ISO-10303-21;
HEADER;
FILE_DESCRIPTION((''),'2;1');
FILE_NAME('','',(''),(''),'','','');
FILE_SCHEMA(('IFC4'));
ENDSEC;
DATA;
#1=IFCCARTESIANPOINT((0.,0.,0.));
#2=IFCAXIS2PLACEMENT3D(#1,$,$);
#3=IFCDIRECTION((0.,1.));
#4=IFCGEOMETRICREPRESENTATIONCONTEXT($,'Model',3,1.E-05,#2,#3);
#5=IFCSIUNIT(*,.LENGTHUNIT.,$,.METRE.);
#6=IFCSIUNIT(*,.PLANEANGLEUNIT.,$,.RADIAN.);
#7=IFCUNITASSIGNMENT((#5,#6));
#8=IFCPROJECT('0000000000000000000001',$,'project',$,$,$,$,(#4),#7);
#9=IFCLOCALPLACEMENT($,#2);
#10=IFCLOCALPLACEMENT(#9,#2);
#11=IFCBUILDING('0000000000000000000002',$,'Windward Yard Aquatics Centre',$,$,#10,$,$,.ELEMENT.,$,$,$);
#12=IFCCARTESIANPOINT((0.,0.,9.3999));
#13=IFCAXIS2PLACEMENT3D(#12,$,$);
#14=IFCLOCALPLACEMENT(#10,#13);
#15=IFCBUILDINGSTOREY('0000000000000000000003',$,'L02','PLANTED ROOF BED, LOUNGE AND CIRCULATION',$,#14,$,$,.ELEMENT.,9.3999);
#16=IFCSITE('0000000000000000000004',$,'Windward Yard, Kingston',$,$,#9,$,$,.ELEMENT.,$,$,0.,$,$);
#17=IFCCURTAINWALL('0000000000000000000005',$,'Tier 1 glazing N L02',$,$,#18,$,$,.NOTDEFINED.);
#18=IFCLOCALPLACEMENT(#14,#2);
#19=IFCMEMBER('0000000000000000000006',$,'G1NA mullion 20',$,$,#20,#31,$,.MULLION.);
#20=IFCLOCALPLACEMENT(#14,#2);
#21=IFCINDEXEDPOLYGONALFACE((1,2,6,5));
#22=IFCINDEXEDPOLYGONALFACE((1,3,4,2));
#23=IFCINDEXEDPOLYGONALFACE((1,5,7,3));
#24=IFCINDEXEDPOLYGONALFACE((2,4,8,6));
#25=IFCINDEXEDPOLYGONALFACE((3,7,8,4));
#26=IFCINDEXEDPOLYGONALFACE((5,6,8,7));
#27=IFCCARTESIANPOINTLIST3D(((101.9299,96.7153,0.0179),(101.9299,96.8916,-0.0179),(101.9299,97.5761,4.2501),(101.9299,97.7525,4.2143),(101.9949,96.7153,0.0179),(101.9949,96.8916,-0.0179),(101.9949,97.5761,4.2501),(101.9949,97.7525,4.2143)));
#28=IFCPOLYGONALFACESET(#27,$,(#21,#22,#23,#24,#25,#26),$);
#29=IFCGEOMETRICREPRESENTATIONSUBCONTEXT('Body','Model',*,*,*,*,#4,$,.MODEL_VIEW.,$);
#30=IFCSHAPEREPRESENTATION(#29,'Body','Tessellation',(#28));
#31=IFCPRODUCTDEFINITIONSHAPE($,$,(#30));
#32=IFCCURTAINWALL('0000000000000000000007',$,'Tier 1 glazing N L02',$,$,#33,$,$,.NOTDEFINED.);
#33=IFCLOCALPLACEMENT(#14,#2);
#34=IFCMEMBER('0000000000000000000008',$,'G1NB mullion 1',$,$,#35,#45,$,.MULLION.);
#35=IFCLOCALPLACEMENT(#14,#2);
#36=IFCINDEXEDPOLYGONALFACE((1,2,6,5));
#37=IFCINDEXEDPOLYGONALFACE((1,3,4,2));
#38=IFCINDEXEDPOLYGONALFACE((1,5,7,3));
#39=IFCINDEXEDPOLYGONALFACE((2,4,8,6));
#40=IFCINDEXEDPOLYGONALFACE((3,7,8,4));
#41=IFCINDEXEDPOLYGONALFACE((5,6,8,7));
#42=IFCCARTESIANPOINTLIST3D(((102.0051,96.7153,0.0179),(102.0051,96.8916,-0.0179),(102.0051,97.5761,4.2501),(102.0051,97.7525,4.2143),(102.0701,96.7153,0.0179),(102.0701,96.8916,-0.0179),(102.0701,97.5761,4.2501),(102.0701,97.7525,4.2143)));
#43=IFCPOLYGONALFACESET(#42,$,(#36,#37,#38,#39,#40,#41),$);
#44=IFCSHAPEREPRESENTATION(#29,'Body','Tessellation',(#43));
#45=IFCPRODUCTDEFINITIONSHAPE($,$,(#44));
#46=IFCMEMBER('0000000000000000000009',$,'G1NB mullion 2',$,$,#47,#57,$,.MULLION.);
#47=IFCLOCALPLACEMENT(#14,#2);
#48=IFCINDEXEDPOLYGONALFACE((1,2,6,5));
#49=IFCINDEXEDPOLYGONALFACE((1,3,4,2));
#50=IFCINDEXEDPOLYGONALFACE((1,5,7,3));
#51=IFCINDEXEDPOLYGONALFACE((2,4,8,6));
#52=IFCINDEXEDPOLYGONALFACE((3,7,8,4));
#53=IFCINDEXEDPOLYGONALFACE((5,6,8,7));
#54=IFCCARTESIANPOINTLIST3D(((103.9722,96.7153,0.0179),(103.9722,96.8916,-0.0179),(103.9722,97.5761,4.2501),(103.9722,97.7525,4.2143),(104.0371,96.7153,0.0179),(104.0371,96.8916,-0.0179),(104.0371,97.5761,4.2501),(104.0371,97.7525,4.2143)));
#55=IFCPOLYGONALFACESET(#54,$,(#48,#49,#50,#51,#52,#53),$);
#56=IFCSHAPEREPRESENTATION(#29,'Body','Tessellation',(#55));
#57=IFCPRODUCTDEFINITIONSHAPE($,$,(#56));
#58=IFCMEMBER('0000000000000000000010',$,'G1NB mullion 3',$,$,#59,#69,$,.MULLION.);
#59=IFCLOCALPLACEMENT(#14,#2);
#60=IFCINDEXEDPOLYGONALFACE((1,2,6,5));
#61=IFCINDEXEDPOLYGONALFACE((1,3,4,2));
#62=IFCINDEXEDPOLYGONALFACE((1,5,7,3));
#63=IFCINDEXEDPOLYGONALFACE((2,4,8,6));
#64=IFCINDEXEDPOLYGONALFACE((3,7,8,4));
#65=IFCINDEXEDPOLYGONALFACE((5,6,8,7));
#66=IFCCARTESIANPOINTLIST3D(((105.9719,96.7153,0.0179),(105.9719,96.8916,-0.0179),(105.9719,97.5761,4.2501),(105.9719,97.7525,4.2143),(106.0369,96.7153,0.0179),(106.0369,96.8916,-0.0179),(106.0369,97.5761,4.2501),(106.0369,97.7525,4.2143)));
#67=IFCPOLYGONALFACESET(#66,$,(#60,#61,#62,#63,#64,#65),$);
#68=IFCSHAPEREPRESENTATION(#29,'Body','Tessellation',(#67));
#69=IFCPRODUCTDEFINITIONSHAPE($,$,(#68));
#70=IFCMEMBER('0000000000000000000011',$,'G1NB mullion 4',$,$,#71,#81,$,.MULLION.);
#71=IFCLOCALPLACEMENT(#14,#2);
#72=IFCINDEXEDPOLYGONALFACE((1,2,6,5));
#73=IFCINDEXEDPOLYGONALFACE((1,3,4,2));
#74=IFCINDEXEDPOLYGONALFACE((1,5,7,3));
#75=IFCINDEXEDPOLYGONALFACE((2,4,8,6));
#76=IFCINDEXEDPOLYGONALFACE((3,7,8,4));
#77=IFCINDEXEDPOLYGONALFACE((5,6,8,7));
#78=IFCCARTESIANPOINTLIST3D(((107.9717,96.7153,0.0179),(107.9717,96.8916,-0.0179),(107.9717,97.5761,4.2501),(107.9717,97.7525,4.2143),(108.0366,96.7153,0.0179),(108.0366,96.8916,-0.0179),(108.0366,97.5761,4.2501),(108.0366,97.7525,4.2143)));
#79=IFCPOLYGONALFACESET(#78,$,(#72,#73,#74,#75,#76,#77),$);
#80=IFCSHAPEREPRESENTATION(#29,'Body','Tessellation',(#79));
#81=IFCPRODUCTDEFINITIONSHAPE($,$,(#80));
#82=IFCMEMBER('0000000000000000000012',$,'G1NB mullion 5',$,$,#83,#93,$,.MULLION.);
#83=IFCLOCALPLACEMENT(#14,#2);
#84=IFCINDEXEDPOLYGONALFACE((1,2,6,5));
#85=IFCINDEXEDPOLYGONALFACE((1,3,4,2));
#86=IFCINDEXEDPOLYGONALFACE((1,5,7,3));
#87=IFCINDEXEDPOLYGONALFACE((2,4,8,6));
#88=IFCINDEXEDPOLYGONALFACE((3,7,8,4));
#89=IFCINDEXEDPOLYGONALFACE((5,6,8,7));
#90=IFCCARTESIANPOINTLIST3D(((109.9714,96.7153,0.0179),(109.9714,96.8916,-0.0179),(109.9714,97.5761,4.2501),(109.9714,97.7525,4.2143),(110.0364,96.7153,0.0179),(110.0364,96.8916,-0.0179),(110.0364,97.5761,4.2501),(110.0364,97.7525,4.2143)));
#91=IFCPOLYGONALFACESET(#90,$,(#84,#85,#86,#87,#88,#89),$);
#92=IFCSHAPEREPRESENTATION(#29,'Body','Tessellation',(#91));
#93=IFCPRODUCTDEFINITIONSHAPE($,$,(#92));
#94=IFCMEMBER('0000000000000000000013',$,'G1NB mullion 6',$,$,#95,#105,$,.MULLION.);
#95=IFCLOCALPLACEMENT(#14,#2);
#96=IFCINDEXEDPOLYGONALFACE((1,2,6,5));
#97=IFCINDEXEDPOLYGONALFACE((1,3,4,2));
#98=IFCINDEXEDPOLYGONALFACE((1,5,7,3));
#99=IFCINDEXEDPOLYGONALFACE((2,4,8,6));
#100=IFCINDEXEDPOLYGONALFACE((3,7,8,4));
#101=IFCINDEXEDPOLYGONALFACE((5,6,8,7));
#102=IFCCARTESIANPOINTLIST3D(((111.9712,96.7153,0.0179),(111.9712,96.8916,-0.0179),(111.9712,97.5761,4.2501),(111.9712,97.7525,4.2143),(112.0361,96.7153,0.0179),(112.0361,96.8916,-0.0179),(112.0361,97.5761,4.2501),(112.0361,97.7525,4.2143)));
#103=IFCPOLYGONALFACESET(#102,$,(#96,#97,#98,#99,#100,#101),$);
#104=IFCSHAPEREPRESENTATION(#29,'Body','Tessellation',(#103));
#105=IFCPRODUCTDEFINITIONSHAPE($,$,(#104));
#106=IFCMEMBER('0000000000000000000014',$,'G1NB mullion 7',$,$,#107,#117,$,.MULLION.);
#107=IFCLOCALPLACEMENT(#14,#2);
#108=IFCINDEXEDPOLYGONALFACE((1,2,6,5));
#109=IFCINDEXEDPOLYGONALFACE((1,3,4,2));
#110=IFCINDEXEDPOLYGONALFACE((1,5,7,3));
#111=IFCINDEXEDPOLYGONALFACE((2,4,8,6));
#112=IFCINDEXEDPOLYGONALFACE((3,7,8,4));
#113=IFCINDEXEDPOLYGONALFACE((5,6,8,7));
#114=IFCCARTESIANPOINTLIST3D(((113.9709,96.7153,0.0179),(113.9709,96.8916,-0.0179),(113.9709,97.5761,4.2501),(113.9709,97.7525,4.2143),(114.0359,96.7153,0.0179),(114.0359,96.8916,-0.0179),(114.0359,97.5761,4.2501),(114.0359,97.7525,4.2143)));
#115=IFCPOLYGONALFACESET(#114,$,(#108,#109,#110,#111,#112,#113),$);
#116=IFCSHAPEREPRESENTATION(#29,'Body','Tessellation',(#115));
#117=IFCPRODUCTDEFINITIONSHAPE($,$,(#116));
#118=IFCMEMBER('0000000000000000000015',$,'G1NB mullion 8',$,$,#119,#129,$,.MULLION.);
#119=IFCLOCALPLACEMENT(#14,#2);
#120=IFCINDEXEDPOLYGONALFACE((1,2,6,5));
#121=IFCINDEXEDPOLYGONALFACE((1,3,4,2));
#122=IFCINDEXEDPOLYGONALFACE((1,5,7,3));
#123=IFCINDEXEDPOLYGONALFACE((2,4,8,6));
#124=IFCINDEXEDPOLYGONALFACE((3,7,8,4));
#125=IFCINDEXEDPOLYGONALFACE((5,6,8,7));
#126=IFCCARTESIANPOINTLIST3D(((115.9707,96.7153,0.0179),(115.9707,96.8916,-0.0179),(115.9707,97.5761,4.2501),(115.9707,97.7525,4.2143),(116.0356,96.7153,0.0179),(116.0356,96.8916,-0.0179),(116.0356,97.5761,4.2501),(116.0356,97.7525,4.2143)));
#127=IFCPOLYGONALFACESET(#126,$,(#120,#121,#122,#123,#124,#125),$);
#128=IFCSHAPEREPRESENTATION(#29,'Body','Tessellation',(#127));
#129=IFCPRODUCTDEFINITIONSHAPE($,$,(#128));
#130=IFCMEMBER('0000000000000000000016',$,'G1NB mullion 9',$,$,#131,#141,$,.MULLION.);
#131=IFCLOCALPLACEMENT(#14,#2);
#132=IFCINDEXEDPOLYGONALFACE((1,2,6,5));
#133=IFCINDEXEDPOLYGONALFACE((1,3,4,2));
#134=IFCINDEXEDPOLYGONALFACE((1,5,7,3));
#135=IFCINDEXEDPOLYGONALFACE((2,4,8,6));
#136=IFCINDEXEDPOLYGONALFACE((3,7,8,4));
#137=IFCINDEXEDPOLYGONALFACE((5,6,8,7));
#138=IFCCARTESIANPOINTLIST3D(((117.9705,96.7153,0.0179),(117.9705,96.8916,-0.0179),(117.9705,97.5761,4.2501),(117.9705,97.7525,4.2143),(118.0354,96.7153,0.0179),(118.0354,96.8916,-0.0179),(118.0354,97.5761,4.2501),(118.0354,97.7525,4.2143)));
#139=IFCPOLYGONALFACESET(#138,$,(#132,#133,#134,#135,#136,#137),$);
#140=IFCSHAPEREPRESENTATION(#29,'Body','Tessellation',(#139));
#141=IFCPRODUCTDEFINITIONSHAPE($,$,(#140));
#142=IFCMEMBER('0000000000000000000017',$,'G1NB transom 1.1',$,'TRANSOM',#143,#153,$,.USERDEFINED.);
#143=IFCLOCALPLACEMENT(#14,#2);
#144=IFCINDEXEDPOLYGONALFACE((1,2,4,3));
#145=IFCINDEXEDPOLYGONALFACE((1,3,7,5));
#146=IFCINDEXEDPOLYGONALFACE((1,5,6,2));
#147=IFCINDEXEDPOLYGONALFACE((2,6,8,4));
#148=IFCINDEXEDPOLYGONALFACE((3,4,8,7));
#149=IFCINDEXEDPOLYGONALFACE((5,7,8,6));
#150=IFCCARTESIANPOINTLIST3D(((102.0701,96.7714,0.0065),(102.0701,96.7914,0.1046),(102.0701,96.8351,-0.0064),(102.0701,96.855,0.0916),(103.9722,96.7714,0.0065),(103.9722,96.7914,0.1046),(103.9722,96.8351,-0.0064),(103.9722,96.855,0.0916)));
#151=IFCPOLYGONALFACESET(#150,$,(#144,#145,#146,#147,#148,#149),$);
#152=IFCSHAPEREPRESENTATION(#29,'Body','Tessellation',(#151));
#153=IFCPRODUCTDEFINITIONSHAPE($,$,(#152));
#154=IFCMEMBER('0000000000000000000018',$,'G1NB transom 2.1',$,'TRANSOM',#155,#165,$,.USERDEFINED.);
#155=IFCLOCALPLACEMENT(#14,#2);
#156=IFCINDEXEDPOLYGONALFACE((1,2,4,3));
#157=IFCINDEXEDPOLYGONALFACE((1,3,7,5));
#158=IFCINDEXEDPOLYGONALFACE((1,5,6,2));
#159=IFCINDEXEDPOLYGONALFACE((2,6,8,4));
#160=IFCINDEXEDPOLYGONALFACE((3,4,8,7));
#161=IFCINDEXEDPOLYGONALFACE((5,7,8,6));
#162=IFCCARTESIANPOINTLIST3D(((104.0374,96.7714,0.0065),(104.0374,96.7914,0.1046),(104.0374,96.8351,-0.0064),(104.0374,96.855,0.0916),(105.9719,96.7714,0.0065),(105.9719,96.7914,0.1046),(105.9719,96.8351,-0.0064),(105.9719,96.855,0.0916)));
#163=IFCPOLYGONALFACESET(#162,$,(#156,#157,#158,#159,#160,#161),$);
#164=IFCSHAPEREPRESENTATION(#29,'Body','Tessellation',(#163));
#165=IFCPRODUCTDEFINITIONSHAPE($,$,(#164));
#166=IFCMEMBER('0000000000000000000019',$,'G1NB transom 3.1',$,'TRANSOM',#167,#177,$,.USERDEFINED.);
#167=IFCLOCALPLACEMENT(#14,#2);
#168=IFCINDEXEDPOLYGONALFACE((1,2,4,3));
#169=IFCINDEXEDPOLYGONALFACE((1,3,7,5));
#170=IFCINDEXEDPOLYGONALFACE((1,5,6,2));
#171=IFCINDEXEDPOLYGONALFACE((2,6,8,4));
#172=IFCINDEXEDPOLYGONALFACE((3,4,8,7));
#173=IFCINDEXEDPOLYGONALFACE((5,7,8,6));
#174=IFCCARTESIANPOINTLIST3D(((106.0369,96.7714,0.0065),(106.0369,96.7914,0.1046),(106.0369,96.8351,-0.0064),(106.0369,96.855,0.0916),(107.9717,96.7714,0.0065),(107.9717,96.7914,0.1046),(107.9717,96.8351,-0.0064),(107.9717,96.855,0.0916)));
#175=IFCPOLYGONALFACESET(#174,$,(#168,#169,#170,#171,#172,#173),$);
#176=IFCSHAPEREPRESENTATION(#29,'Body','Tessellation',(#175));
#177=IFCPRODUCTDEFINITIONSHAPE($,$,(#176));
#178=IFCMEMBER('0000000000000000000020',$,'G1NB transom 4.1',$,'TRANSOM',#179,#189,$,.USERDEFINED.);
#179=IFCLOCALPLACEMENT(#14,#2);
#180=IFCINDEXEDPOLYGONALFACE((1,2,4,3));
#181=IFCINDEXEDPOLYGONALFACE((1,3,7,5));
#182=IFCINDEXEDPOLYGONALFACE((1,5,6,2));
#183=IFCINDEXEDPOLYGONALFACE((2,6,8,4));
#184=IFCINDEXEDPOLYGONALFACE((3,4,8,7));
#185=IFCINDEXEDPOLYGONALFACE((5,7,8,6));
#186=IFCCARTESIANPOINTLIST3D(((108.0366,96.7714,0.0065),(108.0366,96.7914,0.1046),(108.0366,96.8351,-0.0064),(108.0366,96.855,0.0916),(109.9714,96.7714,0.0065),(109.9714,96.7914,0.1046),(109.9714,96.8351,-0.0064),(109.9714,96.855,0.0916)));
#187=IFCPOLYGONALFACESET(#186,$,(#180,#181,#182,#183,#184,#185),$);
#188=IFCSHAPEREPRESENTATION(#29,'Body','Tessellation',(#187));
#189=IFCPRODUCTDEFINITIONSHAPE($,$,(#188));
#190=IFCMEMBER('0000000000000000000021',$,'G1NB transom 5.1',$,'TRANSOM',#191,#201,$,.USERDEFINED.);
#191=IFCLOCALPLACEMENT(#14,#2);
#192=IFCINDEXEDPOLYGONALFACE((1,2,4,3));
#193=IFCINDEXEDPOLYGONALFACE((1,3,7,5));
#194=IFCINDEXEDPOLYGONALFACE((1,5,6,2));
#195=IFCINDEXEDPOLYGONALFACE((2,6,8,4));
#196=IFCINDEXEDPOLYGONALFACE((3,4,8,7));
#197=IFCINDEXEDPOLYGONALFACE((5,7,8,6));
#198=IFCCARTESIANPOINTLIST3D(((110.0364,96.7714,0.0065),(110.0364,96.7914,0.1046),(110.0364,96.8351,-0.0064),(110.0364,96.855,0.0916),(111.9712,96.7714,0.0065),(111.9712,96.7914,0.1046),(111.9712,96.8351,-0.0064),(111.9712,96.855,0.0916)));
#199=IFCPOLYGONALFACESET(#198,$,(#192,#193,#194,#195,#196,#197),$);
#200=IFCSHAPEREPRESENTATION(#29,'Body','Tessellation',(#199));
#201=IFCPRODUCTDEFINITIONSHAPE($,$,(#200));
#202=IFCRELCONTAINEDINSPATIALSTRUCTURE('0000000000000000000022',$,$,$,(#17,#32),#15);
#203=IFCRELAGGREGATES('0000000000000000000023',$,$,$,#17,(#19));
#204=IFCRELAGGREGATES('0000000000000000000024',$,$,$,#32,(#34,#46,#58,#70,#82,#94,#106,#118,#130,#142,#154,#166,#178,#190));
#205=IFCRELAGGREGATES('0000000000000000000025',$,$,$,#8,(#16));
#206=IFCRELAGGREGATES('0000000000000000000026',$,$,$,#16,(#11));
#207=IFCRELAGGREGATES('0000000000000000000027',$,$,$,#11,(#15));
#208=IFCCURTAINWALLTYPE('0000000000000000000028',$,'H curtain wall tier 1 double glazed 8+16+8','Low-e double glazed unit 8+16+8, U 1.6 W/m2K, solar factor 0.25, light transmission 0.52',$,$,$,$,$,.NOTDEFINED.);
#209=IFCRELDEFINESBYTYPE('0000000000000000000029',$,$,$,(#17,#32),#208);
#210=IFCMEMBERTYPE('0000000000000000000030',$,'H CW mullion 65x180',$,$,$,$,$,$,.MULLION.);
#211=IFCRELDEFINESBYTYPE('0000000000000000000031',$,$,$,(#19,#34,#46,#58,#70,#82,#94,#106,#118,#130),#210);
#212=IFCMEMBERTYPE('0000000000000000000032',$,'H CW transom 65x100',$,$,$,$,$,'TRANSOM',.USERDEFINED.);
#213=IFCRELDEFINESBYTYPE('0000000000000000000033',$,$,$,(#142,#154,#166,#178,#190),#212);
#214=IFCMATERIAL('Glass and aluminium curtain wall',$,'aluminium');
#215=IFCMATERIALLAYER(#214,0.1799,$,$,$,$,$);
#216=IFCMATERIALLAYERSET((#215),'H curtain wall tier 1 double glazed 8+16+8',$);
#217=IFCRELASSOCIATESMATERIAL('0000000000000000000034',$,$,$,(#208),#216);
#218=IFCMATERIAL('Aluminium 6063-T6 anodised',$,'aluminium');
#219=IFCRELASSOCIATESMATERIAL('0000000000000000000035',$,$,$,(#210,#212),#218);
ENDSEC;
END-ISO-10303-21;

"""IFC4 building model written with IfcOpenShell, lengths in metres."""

from ifc_helpers import new_model, si_unit, direction, frame, origin, origin_2d, place, context, subcontext, project, spatial, rectangle, extrude, material, layer, layer_set, material_profile, profile_set, type_object, element, aggregate, save


model = new_model("IFC4")

# Units and contexts
model_context = context("Model", 3, precision=1e-05, world=origin(), true_north=direction((0.0, 1.0)))
body_context = subcontext(model_context, "Body", "Model", "MODEL_VIEW")
ifc_project = project(units=[si_unit("LENGTHUNIT", "METRE"), si_unit("PLANEANGLEUNIT", "RADIAN")], contexts=[model_context])

# Site, building, storey
site_placement = place(None, origin())
site = spatial("IfcSite", under=ifc_project, at=site_placement, Name="Windward Yard, Kingston", CompositionType="ELEMENT", RefElevation=0.0)
building_placement = place(site_placement, origin())
building = spatial("IfcBuilding", under=site, at=building_placement, Name="Windward Yard Aquatics Centre", CompositionType="ELEMENT")
storey_placement = place(building_placement, frame((0.0, 0.0, 9.3999)))
storey = spatial("IfcBuildingStorey", under=building, at=storey_placement, Name="L02", Description="PLANTED ROOF BED, LOUNGE AND CIRCULATION", CompositionType="ELEMENT", Elevation=9.3999)

# Curtain wall, member
ifc_material_1 = material(Name="Glass and aluminium curtain wall", Category="aluminium")
ifc_layer_1 = layer(ifc_material_1, 0.1799)
ifc_layer_set_1 = layer_set([ifc_layer_1], Name="H curtain wall tier 1 double glazed 8+16+8")
curtain_wall_type = type_object("IfcCurtainWallType", Name="H curtain wall tier 1 double glazed 8+16+8", Description="Low-e double glazed unit 8+16+8, U 1.6 W/m2K, solar factor 0.25, light transmission 0.52", PredefinedType="NOTDEFINED", material=ifc_layer_set_1)
curtain_wall_1_placement = place(storey_placement, origin())
curtain_wall_1 = element("IfcCurtainWall", 1, at=curtain_wall_1_placement, inside=storey, type_object=curtain_wall_type, Name="Tier 1 glazing N L02", PredefinedType="NOTDEFINED")
ifc_material_2 = material(Name="Aluminium 6063-T6 anodised", Category="aluminium")
ifc_material_profile_1 = material_profile(ifc_material_2, rectangle(XDim=0.0649, YDim=0.1799, at=origin_2d()), Name="H CW mullion 65x180")
ifc_profile_set_1 = profile_set([ifc_material_profile_1], Name="Aluminium 6063-T6 anodised")
member_type_1 = type_object("IfcMemberType", Name="H CW mullion 65x180", PredefinedType="MULLION", material=ifc_profile_set_1)
member_1_placement = place(storey_placement, frame((101.9624, 96.8035, 0.0), z_axis=(0.0, 0.199322, 0.979934), x_axis=(-1.0, 0.0, 0.0)))
member_1 = element("IfcMember", 2, at=member_1_placement, type_object=member_type_1, Name="G1NA mullion 20", PredefinedType="MULLION", context=body_context, shape_type="SweptSolid", body=[
    extrude(rectangle(XDim=0.0649, YDim=0.1799, at=origin_2d()), origin(), (0.0, 0.0, 1.0), 4.3188),
])
aggregate(curtain_wall_1, [member_1])

# Curtain wall, members
curtain_wall_2_placement = place(storey_placement, origin())
curtain_wall_2 = element("IfcCurtainWall", 3, at=curtain_wall_2_placement, inside=storey, type_object=curtain_wall_type, Name="Tier 1 glazing N L02", PredefinedType="NOTDEFINED")
member_2_placement = place(storey_placement, frame((102.0376, 96.8035, 0.0), z_axis=(0.0, 0.199322, 0.979934), x_axis=(-1.0, 0.0, 0.0)))
member_2 = element("IfcMember", 4, at=member_2_placement, type_object=member_type_1, Name="G1NB mullion 1", PredefinedType="MULLION", context=body_context, shape_type="SweptSolid", body=[
    extrude(rectangle(XDim=0.0649, YDim=0.1799, at=origin_2d()), origin(), (0.0, 0.0, 1.0), 4.3188),
])
member_3_placement = place(storey_placement, frame((104.0046, 96.8035, 0.0), z_axis=(0.0, 0.199322, 0.979934), x_axis=(-1.0, 0.0, 0.0)))
member_3 = element("IfcMember", 5, at=member_3_placement, type_object=member_type_1, Name="G1NB mullion 2", PredefinedType="MULLION", context=body_context, shape_type="SweptSolid", body=[
    extrude(rectangle(XDim=0.0649, YDim=0.1799, at=origin_2d()), origin(), (0.0, 0.0, 1.0), 4.3188),
])
member_4_placement = place(storey_placement, frame((106.0044, 96.8035, 0.0), z_axis=(0.0, 0.199322, 0.979934), x_axis=(-1.0, 0.0, 0.0)))
member_4 = element("IfcMember", 6, at=member_4_placement, type_object=member_type_1, Name="G1NB mullion 3", PredefinedType="MULLION", context=body_context, shape_type="SweptSolid", body=[
    extrude(rectangle(XDim=0.0649, YDim=0.1799, at=origin_2d()), origin(), (0.0, 0.0, 1.0), 4.3188),
])
member_5_placement = place(storey_placement, frame((108.0042, 96.8035, 0.0), z_axis=(0.0, 0.199322, 0.979934), x_axis=(-1.0, 0.0, 0.0)))
member_5 = element("IfcMember", 7, at=member_5_placement, type_object=member_type_1, Name="G1NB mullion 4", PredefinedType="MULLION", context=body_context, shape_type="SweptSolid", body=[
    extrude(rectangle(XDim=0.0649, YDim=0.1799, at=origin_2d()), origin(), (0.0, 0.0, 1.0), 4.3188),
])
member_6_placement = place(storey_placement, frame((110.0039, 96.8035, 0.0), z_axis=(0.0, 0.199322, 0.979934), x_axis=(-1.0, 0.0, 0.0)))
member_6 = element("IfcMember", 8, at=member_6_placement, type_object=member_type_1, Name="G1NB mullion 5", PredefinedType="MULLION", context=body_context, shape_type="SweptSolid", body=[
    extrude(rectangle(XDim=0.0649, YDim=0.1799, at=origin_2d()), origin(), (0.0, 0.0, 1.0), 4.3188),
])
member_7_placement = place(storey_placement, frame((112.0037, 96.8035, 0.0), z_axis=(0.0, 0.199322, 0.979934), x_axis=(-1.0, 0.0, 0.0)))
member_7 = element("IfcMember", 9, at=member_7_placement, type_object=member_type_1, Name="G1NB mullion 6", PredefinedType="MULLION", context=body_context, shape_type="SweptSolid", body=[
    extrude(rectangle(XDim=0.0649, YDim=0.1799, at=origin_2d()), origin(), (0.0, 0.0, 1.0), 4.3188),
])
member_8_placement = place(storey_placement, frame((114.0034, 96.8035, 0.0), z_axis=(0.0, 0.199322, 0.979934), x_axis=(-1.0, 0.0, 0.0)))
member_8 = element("IfcMember", 10, at=member_8_placement, type_object=member_type_1, Name="G1NB mullion 7", PredefinedType="MULLION", context=body_context, shape_type="SweptSolid", body=[
    extrude(rectangle(XDim=0.0649, YDim=0.1799, at=origin_2d()), origin(), (0.0, 0.0, 1.0), 4.3188),
])
member_9_placement = place(storey_placement, frame((116.0032, 96.8035, 0.0), z_axis=(0.0, 0.199322, 0.979934), x_axis=(-1.0, 0.0, 0.0)))
member_9 = element("IfcMember", 11, at=member_9_placement, type_object=member_type_1, Name="G1NB mullion 8", PredefinedType="MULLION", context=body_context, shape_type="SweptSolid", body=[
    extrude(rectangle(XDim=0.0649, YDim=0.1799, at=origin_2d()), origin(), (0.0, 0.0, 1.0), 4.3188),
])
member_10_placement = place(storey_placement, frame((118.0029, 96.8035, 0.0), z_axis=(0.0, 0.199322, 0.979934), x_axis=(-1.0, 0.0, 0.0)))
member_10 = element("IfcMember", 12, at=member_10_placement, type_object=member_type_1, Name="G1NB mullion 9", PredefinedType="MULLION", context=body_context, shape_type="SweptSolid", body=[
    extrude(rectangle(XDim=0.0649, YDim=0.1799, at=origin_2d()), origin(), (0.0, 0.0, 1.0), 4.3188),
])
ifc_material_profile_2 = material_profile(ifc_material_2, rectangle(XDim=0.0649, YDim=0.1001, at=origin_2d()), Name="H CW transom 65x100")
ifc_profile_set_2 = profile_set([ifc_material_profile_2], Name="Aluminium 6063-T6 anodised")
member_type_2 = type_object("IfcMemberType", Name="H CW transom 65x100", ElementType="TRANSOM", PredefinedType="USERDEFINED", material=ifc_profile_set_2)
member_11_placement = place(storey_placement, frame((102.0701, 96.8132, 0.0491), z_axis=(1.0, 0.0, 0.0), x_axis=(0.0, -0.979925, 0.199368)))
member_11 = element("IfcMember", 13, at=member_11_placement, type_object=member_type_2, Name="G1NB transom 1.1", ObjectType="TRANSOM", PredefinedType="USERDEFINED", context=body_context, shape_type="SweptSolid", body=[
    extrude(rectangle(XDim=0.0649, YDim=0.1001, at=origin_2d()), origin(), (0.0, 0.0, 1.0), 1.9021),
])
member_12_placement = place(storey_placement, frame((104.0374, 96.8132, 0.0491), z_axis=(1.0, 0.0, 0.0), x_axis=(0.0, -0.979925, 0.199368)))
member_12 = element("IfcMember", 14, at=member_12_placement, type_object=member_type_2, Name="G1NB transom 2.1", ObjectType="TRANSOM", PredefinedType="USERDEFINED", context=body_context, shape_type="SweptSolid", body=[
    extrude(rectangle(XDim=0.0649, YDim=0.1001, at=origin_2d()), origin(), (0.0, 0.0, 1.0), 1.9346),
])
member_13_placement = place(storey_placement, frame((106.0369, 96.8132, 0.0491), z_axis=(1.0, 0.0, 0.0), x_axis=(0.0, -0.979925, 0.199368)))
member_13 = element("IfcMember", 15, at=member_13_placement, type_object=member_type_2, Name="G1NB transom 3.1", ObjectType="TRANSOM", PredefinedType="USERDEFINED", context=body_context, shape_type="SweptSolid", body=[
    extrude(rectangle(XDim=0.0649, YDim=0.1001, at=origin_2d()), origin(), (0.0, 0.0, 1.0), 1.9348),
])
member_14_placement = place(storey_placement, frame((108.0366, 96.8132, 0.0491), z_axis=(1.0, 0.0, 0.0), x_axis=(0.0, -0.979925, 0.199368)))
member_14 = element("IfcMember", 16, at=member_14_placement, type_object=member_type_2, Name="G1NB transom 4.1", ObjectType="TRANSOM", PredefinedType="USERDEFINED", context=body_context, shape_type="SweptSolid", body=[
    extrude(rectangle(XDim=0.0649, YDim=0.1001, at=origin_2d()), origin(), (0.0, 0.0, 1.0), 1.9348),
])
member_15_placement = place(storey_placement, frame((110.0364, 96.8132, 0.0491), z_axis=(1.0, 0.0, 0.0), x_axis=(0.0, -0.979925, 0.199368)))
member_15 = element("IfcMember", 17, at=member_15_placement, type_object=member_type_2, Name="G1NB transom 5.1", ObjectType="TRANSOM", PredefinedType="USERDEFINED", context=body_context, shape_type="SweptSolid", body=[
    extrude(rectangle(XDim=0.0649, YDim=0.1001, at=origin_2d()), origin(), (0.0, 0.0, 1.0), 1.9348),
])

aggregate(curtain_wall_2, [member_2, member_3, member_4, member_5, member_6, member_7, member_8, member_9, member_10, member_11, member_12, member_13, member_14, member_15])

save(model, "model.ifc")
